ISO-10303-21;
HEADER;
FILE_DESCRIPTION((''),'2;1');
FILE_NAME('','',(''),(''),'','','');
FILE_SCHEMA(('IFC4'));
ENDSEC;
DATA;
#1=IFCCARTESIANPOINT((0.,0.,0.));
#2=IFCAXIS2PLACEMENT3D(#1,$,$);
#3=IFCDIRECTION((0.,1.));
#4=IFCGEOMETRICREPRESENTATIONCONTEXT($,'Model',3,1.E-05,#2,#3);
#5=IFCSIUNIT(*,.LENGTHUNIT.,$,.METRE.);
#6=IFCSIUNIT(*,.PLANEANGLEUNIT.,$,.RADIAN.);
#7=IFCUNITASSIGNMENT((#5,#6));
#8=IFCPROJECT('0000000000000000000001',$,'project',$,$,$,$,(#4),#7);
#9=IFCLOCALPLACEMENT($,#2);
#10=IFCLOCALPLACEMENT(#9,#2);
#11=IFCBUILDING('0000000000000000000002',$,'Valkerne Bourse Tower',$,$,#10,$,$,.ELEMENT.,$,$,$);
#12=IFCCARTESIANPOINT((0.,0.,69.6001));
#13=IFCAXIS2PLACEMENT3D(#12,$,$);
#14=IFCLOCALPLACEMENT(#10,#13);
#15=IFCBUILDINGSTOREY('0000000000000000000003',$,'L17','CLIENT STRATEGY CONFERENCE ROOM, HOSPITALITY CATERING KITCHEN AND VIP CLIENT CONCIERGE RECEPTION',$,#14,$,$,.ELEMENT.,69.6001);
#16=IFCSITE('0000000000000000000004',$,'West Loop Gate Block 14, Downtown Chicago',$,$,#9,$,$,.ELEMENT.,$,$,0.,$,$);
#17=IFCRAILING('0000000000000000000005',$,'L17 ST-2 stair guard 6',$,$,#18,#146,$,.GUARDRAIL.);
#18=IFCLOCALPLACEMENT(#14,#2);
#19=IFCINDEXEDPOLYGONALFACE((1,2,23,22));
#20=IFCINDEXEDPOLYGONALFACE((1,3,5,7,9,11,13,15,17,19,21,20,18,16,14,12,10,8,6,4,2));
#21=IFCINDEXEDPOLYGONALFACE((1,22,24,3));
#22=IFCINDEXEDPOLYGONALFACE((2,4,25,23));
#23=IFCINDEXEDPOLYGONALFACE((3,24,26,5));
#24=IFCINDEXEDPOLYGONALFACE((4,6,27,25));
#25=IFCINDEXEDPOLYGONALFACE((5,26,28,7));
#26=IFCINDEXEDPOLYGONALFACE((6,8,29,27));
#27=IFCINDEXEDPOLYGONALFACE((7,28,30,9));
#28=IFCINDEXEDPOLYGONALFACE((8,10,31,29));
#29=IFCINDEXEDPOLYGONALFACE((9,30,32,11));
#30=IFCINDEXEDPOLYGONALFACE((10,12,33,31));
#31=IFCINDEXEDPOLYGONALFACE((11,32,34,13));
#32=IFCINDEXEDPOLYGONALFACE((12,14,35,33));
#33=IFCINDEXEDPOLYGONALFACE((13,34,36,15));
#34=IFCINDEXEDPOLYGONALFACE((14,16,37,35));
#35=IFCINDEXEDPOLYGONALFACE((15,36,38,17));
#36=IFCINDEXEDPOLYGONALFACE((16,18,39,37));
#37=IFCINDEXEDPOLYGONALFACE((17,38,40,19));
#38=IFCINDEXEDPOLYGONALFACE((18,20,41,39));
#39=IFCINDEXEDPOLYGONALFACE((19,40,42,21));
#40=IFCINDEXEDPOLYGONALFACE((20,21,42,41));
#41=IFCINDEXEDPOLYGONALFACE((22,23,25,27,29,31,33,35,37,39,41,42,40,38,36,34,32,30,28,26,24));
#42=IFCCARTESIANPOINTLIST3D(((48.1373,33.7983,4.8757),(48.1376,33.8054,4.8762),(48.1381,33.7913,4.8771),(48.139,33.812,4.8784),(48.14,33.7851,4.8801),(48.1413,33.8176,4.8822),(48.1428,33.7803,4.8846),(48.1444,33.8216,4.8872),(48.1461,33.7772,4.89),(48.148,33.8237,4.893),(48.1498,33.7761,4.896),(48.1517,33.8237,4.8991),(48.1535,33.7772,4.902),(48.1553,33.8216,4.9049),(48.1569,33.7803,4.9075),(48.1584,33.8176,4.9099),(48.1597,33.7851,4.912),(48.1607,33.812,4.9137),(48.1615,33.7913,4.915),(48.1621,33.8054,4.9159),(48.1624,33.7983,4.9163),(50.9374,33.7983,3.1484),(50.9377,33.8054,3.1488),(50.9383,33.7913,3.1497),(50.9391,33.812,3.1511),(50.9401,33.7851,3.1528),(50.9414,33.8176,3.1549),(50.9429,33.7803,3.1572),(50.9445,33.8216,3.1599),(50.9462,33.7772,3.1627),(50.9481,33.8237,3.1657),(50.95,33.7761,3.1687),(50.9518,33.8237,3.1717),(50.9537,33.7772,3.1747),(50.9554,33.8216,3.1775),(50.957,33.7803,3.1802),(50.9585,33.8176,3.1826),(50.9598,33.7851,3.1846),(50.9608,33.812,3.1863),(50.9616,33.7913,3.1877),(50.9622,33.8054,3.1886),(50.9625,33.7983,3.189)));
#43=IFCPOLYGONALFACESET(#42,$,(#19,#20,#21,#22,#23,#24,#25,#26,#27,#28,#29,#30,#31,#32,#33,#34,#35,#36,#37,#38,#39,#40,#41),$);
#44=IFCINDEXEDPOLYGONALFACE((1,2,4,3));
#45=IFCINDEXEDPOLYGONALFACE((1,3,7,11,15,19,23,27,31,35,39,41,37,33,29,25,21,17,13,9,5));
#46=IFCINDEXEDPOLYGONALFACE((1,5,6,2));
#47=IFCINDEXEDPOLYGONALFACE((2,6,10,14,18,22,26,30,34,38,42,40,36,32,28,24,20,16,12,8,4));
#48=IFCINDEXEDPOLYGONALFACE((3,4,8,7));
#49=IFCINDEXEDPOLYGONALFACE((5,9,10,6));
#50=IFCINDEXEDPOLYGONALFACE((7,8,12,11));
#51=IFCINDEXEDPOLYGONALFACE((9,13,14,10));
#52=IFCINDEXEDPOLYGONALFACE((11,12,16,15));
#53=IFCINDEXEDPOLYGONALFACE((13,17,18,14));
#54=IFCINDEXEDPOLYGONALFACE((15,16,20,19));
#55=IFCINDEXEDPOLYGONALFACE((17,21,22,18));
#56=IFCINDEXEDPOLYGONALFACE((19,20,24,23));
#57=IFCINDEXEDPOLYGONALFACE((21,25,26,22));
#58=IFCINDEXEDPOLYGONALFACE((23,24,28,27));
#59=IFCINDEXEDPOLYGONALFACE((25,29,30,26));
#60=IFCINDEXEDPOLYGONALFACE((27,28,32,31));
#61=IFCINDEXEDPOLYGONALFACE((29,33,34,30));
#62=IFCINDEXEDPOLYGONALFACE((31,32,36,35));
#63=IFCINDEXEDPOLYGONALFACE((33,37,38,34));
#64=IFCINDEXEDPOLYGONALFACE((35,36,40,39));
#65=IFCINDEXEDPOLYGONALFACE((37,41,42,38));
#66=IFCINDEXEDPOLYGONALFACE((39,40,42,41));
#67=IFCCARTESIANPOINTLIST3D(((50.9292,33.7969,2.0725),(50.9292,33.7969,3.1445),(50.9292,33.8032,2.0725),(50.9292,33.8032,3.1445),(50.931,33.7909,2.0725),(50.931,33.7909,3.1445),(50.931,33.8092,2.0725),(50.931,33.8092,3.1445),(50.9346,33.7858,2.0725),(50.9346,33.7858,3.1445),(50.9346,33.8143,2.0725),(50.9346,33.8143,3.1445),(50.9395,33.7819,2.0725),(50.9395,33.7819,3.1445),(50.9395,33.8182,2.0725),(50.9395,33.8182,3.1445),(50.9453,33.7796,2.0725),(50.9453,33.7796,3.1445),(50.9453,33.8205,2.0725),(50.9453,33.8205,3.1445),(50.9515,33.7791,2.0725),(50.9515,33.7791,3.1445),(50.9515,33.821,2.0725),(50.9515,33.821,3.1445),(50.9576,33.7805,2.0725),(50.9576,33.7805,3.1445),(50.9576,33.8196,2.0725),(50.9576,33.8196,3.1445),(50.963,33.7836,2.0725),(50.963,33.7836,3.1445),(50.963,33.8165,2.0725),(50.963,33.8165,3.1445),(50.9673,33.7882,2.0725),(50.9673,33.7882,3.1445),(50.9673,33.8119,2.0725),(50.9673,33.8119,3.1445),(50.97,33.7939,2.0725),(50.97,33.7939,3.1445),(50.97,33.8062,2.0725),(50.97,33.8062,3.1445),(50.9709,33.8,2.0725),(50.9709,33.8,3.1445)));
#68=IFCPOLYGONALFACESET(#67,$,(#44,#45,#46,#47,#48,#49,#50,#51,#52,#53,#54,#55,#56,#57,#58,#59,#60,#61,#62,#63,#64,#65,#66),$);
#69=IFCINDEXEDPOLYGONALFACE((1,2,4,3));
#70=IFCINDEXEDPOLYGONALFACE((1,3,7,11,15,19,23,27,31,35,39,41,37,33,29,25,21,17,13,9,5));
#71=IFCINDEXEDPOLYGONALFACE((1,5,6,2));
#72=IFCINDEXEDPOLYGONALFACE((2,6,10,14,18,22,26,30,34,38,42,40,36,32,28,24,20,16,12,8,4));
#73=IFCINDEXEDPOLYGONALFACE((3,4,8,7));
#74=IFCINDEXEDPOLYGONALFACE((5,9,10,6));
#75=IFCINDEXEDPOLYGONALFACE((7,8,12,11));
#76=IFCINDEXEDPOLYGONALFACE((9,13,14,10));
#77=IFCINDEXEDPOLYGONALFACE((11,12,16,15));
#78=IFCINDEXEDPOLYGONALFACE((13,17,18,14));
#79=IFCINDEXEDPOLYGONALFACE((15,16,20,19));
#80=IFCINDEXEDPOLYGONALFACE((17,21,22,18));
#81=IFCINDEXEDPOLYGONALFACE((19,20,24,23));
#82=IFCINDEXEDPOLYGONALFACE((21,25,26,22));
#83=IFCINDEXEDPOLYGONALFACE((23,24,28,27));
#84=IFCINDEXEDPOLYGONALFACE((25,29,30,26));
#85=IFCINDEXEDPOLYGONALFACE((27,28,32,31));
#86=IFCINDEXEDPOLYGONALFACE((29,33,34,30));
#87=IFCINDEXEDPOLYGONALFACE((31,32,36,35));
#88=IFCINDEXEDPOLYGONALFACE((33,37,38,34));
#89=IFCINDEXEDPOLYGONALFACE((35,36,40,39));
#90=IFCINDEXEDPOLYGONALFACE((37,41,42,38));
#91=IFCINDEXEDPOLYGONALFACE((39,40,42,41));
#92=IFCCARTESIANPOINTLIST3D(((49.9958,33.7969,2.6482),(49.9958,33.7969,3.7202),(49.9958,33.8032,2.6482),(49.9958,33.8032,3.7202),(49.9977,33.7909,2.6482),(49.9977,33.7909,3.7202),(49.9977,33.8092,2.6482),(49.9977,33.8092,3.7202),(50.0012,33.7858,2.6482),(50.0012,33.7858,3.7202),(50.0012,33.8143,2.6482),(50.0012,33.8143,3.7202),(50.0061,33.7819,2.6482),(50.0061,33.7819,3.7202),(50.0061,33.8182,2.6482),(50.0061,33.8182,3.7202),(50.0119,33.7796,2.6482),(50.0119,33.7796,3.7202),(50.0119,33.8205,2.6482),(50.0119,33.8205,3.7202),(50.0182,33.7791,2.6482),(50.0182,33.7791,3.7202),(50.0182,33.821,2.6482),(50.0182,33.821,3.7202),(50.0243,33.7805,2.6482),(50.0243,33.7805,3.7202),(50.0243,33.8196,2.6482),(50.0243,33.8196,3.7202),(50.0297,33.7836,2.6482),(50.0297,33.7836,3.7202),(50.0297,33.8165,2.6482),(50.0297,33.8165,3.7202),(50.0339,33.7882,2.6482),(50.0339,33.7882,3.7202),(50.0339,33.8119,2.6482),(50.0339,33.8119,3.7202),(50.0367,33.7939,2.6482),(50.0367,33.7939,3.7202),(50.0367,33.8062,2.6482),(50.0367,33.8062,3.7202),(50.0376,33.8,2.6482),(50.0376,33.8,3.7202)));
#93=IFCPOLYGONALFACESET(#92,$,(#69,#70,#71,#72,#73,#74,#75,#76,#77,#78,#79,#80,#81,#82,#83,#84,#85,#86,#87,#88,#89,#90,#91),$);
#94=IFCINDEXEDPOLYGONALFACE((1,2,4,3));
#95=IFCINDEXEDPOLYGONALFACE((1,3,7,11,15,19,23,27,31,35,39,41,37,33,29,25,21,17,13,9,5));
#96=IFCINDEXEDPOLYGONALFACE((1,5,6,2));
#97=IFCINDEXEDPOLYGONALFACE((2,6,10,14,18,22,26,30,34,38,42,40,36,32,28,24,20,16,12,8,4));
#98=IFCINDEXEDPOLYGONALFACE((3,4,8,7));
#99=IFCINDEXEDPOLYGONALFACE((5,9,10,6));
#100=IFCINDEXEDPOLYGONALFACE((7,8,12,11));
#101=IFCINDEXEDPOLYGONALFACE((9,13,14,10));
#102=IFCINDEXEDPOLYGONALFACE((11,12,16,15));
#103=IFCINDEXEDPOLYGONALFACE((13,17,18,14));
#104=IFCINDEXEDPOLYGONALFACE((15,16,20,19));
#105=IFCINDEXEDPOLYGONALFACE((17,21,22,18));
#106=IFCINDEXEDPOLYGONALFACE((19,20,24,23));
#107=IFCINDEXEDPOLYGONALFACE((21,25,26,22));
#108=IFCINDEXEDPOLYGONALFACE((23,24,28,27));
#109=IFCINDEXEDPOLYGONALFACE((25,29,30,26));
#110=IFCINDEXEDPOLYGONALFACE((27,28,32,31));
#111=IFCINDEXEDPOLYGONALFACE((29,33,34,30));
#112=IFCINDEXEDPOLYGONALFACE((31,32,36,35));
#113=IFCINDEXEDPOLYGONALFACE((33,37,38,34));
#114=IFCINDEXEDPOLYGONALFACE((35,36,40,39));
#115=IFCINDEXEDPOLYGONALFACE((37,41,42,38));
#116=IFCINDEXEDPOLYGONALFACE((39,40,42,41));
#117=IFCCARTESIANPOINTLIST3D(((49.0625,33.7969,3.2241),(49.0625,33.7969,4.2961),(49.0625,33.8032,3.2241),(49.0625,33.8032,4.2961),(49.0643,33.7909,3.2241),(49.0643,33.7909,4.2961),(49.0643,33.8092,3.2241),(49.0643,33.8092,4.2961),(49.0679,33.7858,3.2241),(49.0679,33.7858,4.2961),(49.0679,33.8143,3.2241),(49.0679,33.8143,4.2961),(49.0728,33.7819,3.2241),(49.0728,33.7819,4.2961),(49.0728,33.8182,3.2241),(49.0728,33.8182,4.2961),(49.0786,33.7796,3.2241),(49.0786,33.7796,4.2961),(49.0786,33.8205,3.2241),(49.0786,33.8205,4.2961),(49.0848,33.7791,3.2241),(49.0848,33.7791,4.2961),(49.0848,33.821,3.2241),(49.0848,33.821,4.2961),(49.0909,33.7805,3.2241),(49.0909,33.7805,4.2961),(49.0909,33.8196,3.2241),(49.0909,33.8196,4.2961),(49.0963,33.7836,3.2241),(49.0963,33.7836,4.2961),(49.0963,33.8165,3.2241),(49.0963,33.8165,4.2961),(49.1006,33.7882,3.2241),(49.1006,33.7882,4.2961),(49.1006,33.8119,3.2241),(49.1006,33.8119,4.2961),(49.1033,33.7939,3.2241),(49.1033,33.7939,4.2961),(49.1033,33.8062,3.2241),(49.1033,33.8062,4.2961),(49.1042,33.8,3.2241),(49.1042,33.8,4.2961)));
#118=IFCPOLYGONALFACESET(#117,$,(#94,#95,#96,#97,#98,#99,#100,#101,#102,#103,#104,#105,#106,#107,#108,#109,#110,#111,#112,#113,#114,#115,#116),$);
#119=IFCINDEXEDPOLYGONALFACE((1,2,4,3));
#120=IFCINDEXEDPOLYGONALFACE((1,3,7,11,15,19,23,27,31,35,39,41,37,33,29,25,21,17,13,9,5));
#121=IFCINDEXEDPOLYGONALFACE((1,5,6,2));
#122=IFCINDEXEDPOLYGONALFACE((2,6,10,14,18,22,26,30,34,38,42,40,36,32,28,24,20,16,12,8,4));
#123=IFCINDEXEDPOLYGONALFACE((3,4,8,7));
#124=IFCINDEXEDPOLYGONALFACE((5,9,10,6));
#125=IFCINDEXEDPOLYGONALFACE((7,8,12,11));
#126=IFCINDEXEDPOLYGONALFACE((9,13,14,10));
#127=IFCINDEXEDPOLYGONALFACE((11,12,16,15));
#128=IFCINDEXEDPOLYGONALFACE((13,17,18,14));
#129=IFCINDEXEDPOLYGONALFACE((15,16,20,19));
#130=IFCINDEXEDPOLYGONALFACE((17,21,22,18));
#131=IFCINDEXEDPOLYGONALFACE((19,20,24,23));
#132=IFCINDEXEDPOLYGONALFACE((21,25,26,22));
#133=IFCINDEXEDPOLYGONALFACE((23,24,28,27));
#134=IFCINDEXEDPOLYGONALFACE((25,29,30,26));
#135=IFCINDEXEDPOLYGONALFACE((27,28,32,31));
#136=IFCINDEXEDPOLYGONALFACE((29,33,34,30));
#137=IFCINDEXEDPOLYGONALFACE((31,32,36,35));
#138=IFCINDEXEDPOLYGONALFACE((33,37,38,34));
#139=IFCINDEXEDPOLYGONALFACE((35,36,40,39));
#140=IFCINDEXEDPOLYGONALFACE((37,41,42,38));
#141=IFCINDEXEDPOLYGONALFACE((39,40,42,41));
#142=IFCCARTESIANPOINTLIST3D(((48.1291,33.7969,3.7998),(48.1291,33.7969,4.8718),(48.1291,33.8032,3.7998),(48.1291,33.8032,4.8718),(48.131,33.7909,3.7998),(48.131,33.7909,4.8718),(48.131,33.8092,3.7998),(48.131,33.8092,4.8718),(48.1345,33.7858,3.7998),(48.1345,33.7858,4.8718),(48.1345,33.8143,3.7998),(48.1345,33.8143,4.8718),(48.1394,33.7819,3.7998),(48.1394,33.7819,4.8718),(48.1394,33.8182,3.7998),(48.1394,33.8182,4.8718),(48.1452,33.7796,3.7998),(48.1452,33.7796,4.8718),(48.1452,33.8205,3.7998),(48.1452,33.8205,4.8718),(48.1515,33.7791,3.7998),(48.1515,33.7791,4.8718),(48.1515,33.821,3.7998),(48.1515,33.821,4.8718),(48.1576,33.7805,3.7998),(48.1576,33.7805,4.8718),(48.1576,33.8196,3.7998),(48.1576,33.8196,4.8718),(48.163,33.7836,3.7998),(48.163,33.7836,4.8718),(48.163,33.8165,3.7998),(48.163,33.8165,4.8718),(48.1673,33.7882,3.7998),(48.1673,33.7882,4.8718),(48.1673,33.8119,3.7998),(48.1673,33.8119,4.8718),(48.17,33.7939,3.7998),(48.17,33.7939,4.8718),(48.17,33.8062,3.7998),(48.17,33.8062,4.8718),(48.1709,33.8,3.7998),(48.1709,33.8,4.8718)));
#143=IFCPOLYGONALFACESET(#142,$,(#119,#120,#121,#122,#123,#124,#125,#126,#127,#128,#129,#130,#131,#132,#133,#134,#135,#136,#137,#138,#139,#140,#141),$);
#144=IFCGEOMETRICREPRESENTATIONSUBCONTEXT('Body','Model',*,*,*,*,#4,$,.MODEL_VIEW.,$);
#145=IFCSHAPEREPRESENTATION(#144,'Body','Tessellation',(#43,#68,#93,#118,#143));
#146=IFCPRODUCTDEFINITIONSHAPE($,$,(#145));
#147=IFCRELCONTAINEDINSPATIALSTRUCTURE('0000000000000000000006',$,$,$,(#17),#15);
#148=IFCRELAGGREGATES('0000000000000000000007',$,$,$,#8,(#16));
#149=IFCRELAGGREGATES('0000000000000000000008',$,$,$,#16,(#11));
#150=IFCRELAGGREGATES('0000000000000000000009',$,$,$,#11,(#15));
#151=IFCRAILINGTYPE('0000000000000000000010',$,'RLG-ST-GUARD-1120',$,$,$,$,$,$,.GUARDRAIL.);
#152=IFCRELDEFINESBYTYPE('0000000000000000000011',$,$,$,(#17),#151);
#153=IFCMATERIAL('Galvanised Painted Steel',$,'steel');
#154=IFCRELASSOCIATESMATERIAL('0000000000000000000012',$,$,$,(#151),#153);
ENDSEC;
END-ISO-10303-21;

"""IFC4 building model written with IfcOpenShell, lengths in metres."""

from ifc_helpers import new_model, si_unit, direction, frame, origin, origin_2d, place, context, subcontext, project, spatial, circle, extrude, material, type_object, element, save


model = new_model("IFC4")

# Units and contexts
model_context = context("Model", 3, precision=1e-05, world=origin(), true_north=direction((0.0, 1.0)))
body_context = subcontext(model_context, "Body", "Model", "MODEL_VIEW")
ifc_project = project(units=[si_unit("LENGTHUNIT", "METRE"), si_unit("PLANEANGLEUNIT", "RADIAN")], contexts=[model_context])

# Site, building, storey
site_placement = place(None, origin())
site = spatial("IfcSite", under=ifc_project, at=site_placement, Name="West Loop Gate Block 14, Downtown Chicago", CompositionType="ELEMENT", RefElevation=0.0)
building_placement = place(site_placement, origin())
building = spatial("IfcBuilding", under=site, at=building_placement, Name="Valkerne Bourse Tower", CompositionType="ELEMENT")
storey_placement = place(building_placement, frame((0.0, 0.0, 69.6001)))
storey = spatial("IfcBuildingStorey", under=building, at=storey_placement, Name="L17", Description="CLIENT STRATEGY CONFERENCE ROOM, HOSPITALITY CATERING KITCHEN AND VIP CLIENT CONCIERGE RECEPTION", CompositionType="ELEMENT", Elevation=69.6001)

# Railing
ifc_material_1 = material(Name="Galvanised Painted Steel", Category="steel")
railing_type_1 = type_object("IfcRailingType", Name="RLG-ST-GUARD-1120", PredefinedType="GUARDRAIL", material=ifc_material_1)
railing_1_placement = place(storey_placement, frame((50.95, 33.8, 2.0725)))
element("IfcRailing", 1, at=railing_1_placement, inside=storey, type_object=railing_type_1, Name="L17 ST-2 stair guard 6", PredefinedType="GUARDRAIL", context=body_context, shape_type="SweptSolid", body=[
    extrude(circle(Radius=0.0239, at=origin_2d()), frame((0.0, 0.0, 1.0962), z_axis=(-0.85109, 0.0, 0.52502), x_axis=(0.0, -1.0, 0.0)), (0.0, 0.0, 1.0), 3.29),
    extrude(circle(Radius=0.021, at=origin_2d()), origin(), (0.0, 0.0, 1.0), 1.072),
    extrude(circle(Radius=0.021, at=origin_2d()), frame((-0.9333, 0.0, 0.5757)), (0.0, 0.0, 1.0), 1.072),
    extrude(circle(Radius=0.021, at=origin_2d()), frame((-1.8667, 0.0, 1.1516)), (0.0, 0.0, 1.0), 1.072),
    extrude(circle(Radius=0.021, at=origin_2d()), frame((-2.8, 0.0, 1.7273)), (0.0, 0.0, 1.0), 1.072),
])

save(model, "model.ifc")
